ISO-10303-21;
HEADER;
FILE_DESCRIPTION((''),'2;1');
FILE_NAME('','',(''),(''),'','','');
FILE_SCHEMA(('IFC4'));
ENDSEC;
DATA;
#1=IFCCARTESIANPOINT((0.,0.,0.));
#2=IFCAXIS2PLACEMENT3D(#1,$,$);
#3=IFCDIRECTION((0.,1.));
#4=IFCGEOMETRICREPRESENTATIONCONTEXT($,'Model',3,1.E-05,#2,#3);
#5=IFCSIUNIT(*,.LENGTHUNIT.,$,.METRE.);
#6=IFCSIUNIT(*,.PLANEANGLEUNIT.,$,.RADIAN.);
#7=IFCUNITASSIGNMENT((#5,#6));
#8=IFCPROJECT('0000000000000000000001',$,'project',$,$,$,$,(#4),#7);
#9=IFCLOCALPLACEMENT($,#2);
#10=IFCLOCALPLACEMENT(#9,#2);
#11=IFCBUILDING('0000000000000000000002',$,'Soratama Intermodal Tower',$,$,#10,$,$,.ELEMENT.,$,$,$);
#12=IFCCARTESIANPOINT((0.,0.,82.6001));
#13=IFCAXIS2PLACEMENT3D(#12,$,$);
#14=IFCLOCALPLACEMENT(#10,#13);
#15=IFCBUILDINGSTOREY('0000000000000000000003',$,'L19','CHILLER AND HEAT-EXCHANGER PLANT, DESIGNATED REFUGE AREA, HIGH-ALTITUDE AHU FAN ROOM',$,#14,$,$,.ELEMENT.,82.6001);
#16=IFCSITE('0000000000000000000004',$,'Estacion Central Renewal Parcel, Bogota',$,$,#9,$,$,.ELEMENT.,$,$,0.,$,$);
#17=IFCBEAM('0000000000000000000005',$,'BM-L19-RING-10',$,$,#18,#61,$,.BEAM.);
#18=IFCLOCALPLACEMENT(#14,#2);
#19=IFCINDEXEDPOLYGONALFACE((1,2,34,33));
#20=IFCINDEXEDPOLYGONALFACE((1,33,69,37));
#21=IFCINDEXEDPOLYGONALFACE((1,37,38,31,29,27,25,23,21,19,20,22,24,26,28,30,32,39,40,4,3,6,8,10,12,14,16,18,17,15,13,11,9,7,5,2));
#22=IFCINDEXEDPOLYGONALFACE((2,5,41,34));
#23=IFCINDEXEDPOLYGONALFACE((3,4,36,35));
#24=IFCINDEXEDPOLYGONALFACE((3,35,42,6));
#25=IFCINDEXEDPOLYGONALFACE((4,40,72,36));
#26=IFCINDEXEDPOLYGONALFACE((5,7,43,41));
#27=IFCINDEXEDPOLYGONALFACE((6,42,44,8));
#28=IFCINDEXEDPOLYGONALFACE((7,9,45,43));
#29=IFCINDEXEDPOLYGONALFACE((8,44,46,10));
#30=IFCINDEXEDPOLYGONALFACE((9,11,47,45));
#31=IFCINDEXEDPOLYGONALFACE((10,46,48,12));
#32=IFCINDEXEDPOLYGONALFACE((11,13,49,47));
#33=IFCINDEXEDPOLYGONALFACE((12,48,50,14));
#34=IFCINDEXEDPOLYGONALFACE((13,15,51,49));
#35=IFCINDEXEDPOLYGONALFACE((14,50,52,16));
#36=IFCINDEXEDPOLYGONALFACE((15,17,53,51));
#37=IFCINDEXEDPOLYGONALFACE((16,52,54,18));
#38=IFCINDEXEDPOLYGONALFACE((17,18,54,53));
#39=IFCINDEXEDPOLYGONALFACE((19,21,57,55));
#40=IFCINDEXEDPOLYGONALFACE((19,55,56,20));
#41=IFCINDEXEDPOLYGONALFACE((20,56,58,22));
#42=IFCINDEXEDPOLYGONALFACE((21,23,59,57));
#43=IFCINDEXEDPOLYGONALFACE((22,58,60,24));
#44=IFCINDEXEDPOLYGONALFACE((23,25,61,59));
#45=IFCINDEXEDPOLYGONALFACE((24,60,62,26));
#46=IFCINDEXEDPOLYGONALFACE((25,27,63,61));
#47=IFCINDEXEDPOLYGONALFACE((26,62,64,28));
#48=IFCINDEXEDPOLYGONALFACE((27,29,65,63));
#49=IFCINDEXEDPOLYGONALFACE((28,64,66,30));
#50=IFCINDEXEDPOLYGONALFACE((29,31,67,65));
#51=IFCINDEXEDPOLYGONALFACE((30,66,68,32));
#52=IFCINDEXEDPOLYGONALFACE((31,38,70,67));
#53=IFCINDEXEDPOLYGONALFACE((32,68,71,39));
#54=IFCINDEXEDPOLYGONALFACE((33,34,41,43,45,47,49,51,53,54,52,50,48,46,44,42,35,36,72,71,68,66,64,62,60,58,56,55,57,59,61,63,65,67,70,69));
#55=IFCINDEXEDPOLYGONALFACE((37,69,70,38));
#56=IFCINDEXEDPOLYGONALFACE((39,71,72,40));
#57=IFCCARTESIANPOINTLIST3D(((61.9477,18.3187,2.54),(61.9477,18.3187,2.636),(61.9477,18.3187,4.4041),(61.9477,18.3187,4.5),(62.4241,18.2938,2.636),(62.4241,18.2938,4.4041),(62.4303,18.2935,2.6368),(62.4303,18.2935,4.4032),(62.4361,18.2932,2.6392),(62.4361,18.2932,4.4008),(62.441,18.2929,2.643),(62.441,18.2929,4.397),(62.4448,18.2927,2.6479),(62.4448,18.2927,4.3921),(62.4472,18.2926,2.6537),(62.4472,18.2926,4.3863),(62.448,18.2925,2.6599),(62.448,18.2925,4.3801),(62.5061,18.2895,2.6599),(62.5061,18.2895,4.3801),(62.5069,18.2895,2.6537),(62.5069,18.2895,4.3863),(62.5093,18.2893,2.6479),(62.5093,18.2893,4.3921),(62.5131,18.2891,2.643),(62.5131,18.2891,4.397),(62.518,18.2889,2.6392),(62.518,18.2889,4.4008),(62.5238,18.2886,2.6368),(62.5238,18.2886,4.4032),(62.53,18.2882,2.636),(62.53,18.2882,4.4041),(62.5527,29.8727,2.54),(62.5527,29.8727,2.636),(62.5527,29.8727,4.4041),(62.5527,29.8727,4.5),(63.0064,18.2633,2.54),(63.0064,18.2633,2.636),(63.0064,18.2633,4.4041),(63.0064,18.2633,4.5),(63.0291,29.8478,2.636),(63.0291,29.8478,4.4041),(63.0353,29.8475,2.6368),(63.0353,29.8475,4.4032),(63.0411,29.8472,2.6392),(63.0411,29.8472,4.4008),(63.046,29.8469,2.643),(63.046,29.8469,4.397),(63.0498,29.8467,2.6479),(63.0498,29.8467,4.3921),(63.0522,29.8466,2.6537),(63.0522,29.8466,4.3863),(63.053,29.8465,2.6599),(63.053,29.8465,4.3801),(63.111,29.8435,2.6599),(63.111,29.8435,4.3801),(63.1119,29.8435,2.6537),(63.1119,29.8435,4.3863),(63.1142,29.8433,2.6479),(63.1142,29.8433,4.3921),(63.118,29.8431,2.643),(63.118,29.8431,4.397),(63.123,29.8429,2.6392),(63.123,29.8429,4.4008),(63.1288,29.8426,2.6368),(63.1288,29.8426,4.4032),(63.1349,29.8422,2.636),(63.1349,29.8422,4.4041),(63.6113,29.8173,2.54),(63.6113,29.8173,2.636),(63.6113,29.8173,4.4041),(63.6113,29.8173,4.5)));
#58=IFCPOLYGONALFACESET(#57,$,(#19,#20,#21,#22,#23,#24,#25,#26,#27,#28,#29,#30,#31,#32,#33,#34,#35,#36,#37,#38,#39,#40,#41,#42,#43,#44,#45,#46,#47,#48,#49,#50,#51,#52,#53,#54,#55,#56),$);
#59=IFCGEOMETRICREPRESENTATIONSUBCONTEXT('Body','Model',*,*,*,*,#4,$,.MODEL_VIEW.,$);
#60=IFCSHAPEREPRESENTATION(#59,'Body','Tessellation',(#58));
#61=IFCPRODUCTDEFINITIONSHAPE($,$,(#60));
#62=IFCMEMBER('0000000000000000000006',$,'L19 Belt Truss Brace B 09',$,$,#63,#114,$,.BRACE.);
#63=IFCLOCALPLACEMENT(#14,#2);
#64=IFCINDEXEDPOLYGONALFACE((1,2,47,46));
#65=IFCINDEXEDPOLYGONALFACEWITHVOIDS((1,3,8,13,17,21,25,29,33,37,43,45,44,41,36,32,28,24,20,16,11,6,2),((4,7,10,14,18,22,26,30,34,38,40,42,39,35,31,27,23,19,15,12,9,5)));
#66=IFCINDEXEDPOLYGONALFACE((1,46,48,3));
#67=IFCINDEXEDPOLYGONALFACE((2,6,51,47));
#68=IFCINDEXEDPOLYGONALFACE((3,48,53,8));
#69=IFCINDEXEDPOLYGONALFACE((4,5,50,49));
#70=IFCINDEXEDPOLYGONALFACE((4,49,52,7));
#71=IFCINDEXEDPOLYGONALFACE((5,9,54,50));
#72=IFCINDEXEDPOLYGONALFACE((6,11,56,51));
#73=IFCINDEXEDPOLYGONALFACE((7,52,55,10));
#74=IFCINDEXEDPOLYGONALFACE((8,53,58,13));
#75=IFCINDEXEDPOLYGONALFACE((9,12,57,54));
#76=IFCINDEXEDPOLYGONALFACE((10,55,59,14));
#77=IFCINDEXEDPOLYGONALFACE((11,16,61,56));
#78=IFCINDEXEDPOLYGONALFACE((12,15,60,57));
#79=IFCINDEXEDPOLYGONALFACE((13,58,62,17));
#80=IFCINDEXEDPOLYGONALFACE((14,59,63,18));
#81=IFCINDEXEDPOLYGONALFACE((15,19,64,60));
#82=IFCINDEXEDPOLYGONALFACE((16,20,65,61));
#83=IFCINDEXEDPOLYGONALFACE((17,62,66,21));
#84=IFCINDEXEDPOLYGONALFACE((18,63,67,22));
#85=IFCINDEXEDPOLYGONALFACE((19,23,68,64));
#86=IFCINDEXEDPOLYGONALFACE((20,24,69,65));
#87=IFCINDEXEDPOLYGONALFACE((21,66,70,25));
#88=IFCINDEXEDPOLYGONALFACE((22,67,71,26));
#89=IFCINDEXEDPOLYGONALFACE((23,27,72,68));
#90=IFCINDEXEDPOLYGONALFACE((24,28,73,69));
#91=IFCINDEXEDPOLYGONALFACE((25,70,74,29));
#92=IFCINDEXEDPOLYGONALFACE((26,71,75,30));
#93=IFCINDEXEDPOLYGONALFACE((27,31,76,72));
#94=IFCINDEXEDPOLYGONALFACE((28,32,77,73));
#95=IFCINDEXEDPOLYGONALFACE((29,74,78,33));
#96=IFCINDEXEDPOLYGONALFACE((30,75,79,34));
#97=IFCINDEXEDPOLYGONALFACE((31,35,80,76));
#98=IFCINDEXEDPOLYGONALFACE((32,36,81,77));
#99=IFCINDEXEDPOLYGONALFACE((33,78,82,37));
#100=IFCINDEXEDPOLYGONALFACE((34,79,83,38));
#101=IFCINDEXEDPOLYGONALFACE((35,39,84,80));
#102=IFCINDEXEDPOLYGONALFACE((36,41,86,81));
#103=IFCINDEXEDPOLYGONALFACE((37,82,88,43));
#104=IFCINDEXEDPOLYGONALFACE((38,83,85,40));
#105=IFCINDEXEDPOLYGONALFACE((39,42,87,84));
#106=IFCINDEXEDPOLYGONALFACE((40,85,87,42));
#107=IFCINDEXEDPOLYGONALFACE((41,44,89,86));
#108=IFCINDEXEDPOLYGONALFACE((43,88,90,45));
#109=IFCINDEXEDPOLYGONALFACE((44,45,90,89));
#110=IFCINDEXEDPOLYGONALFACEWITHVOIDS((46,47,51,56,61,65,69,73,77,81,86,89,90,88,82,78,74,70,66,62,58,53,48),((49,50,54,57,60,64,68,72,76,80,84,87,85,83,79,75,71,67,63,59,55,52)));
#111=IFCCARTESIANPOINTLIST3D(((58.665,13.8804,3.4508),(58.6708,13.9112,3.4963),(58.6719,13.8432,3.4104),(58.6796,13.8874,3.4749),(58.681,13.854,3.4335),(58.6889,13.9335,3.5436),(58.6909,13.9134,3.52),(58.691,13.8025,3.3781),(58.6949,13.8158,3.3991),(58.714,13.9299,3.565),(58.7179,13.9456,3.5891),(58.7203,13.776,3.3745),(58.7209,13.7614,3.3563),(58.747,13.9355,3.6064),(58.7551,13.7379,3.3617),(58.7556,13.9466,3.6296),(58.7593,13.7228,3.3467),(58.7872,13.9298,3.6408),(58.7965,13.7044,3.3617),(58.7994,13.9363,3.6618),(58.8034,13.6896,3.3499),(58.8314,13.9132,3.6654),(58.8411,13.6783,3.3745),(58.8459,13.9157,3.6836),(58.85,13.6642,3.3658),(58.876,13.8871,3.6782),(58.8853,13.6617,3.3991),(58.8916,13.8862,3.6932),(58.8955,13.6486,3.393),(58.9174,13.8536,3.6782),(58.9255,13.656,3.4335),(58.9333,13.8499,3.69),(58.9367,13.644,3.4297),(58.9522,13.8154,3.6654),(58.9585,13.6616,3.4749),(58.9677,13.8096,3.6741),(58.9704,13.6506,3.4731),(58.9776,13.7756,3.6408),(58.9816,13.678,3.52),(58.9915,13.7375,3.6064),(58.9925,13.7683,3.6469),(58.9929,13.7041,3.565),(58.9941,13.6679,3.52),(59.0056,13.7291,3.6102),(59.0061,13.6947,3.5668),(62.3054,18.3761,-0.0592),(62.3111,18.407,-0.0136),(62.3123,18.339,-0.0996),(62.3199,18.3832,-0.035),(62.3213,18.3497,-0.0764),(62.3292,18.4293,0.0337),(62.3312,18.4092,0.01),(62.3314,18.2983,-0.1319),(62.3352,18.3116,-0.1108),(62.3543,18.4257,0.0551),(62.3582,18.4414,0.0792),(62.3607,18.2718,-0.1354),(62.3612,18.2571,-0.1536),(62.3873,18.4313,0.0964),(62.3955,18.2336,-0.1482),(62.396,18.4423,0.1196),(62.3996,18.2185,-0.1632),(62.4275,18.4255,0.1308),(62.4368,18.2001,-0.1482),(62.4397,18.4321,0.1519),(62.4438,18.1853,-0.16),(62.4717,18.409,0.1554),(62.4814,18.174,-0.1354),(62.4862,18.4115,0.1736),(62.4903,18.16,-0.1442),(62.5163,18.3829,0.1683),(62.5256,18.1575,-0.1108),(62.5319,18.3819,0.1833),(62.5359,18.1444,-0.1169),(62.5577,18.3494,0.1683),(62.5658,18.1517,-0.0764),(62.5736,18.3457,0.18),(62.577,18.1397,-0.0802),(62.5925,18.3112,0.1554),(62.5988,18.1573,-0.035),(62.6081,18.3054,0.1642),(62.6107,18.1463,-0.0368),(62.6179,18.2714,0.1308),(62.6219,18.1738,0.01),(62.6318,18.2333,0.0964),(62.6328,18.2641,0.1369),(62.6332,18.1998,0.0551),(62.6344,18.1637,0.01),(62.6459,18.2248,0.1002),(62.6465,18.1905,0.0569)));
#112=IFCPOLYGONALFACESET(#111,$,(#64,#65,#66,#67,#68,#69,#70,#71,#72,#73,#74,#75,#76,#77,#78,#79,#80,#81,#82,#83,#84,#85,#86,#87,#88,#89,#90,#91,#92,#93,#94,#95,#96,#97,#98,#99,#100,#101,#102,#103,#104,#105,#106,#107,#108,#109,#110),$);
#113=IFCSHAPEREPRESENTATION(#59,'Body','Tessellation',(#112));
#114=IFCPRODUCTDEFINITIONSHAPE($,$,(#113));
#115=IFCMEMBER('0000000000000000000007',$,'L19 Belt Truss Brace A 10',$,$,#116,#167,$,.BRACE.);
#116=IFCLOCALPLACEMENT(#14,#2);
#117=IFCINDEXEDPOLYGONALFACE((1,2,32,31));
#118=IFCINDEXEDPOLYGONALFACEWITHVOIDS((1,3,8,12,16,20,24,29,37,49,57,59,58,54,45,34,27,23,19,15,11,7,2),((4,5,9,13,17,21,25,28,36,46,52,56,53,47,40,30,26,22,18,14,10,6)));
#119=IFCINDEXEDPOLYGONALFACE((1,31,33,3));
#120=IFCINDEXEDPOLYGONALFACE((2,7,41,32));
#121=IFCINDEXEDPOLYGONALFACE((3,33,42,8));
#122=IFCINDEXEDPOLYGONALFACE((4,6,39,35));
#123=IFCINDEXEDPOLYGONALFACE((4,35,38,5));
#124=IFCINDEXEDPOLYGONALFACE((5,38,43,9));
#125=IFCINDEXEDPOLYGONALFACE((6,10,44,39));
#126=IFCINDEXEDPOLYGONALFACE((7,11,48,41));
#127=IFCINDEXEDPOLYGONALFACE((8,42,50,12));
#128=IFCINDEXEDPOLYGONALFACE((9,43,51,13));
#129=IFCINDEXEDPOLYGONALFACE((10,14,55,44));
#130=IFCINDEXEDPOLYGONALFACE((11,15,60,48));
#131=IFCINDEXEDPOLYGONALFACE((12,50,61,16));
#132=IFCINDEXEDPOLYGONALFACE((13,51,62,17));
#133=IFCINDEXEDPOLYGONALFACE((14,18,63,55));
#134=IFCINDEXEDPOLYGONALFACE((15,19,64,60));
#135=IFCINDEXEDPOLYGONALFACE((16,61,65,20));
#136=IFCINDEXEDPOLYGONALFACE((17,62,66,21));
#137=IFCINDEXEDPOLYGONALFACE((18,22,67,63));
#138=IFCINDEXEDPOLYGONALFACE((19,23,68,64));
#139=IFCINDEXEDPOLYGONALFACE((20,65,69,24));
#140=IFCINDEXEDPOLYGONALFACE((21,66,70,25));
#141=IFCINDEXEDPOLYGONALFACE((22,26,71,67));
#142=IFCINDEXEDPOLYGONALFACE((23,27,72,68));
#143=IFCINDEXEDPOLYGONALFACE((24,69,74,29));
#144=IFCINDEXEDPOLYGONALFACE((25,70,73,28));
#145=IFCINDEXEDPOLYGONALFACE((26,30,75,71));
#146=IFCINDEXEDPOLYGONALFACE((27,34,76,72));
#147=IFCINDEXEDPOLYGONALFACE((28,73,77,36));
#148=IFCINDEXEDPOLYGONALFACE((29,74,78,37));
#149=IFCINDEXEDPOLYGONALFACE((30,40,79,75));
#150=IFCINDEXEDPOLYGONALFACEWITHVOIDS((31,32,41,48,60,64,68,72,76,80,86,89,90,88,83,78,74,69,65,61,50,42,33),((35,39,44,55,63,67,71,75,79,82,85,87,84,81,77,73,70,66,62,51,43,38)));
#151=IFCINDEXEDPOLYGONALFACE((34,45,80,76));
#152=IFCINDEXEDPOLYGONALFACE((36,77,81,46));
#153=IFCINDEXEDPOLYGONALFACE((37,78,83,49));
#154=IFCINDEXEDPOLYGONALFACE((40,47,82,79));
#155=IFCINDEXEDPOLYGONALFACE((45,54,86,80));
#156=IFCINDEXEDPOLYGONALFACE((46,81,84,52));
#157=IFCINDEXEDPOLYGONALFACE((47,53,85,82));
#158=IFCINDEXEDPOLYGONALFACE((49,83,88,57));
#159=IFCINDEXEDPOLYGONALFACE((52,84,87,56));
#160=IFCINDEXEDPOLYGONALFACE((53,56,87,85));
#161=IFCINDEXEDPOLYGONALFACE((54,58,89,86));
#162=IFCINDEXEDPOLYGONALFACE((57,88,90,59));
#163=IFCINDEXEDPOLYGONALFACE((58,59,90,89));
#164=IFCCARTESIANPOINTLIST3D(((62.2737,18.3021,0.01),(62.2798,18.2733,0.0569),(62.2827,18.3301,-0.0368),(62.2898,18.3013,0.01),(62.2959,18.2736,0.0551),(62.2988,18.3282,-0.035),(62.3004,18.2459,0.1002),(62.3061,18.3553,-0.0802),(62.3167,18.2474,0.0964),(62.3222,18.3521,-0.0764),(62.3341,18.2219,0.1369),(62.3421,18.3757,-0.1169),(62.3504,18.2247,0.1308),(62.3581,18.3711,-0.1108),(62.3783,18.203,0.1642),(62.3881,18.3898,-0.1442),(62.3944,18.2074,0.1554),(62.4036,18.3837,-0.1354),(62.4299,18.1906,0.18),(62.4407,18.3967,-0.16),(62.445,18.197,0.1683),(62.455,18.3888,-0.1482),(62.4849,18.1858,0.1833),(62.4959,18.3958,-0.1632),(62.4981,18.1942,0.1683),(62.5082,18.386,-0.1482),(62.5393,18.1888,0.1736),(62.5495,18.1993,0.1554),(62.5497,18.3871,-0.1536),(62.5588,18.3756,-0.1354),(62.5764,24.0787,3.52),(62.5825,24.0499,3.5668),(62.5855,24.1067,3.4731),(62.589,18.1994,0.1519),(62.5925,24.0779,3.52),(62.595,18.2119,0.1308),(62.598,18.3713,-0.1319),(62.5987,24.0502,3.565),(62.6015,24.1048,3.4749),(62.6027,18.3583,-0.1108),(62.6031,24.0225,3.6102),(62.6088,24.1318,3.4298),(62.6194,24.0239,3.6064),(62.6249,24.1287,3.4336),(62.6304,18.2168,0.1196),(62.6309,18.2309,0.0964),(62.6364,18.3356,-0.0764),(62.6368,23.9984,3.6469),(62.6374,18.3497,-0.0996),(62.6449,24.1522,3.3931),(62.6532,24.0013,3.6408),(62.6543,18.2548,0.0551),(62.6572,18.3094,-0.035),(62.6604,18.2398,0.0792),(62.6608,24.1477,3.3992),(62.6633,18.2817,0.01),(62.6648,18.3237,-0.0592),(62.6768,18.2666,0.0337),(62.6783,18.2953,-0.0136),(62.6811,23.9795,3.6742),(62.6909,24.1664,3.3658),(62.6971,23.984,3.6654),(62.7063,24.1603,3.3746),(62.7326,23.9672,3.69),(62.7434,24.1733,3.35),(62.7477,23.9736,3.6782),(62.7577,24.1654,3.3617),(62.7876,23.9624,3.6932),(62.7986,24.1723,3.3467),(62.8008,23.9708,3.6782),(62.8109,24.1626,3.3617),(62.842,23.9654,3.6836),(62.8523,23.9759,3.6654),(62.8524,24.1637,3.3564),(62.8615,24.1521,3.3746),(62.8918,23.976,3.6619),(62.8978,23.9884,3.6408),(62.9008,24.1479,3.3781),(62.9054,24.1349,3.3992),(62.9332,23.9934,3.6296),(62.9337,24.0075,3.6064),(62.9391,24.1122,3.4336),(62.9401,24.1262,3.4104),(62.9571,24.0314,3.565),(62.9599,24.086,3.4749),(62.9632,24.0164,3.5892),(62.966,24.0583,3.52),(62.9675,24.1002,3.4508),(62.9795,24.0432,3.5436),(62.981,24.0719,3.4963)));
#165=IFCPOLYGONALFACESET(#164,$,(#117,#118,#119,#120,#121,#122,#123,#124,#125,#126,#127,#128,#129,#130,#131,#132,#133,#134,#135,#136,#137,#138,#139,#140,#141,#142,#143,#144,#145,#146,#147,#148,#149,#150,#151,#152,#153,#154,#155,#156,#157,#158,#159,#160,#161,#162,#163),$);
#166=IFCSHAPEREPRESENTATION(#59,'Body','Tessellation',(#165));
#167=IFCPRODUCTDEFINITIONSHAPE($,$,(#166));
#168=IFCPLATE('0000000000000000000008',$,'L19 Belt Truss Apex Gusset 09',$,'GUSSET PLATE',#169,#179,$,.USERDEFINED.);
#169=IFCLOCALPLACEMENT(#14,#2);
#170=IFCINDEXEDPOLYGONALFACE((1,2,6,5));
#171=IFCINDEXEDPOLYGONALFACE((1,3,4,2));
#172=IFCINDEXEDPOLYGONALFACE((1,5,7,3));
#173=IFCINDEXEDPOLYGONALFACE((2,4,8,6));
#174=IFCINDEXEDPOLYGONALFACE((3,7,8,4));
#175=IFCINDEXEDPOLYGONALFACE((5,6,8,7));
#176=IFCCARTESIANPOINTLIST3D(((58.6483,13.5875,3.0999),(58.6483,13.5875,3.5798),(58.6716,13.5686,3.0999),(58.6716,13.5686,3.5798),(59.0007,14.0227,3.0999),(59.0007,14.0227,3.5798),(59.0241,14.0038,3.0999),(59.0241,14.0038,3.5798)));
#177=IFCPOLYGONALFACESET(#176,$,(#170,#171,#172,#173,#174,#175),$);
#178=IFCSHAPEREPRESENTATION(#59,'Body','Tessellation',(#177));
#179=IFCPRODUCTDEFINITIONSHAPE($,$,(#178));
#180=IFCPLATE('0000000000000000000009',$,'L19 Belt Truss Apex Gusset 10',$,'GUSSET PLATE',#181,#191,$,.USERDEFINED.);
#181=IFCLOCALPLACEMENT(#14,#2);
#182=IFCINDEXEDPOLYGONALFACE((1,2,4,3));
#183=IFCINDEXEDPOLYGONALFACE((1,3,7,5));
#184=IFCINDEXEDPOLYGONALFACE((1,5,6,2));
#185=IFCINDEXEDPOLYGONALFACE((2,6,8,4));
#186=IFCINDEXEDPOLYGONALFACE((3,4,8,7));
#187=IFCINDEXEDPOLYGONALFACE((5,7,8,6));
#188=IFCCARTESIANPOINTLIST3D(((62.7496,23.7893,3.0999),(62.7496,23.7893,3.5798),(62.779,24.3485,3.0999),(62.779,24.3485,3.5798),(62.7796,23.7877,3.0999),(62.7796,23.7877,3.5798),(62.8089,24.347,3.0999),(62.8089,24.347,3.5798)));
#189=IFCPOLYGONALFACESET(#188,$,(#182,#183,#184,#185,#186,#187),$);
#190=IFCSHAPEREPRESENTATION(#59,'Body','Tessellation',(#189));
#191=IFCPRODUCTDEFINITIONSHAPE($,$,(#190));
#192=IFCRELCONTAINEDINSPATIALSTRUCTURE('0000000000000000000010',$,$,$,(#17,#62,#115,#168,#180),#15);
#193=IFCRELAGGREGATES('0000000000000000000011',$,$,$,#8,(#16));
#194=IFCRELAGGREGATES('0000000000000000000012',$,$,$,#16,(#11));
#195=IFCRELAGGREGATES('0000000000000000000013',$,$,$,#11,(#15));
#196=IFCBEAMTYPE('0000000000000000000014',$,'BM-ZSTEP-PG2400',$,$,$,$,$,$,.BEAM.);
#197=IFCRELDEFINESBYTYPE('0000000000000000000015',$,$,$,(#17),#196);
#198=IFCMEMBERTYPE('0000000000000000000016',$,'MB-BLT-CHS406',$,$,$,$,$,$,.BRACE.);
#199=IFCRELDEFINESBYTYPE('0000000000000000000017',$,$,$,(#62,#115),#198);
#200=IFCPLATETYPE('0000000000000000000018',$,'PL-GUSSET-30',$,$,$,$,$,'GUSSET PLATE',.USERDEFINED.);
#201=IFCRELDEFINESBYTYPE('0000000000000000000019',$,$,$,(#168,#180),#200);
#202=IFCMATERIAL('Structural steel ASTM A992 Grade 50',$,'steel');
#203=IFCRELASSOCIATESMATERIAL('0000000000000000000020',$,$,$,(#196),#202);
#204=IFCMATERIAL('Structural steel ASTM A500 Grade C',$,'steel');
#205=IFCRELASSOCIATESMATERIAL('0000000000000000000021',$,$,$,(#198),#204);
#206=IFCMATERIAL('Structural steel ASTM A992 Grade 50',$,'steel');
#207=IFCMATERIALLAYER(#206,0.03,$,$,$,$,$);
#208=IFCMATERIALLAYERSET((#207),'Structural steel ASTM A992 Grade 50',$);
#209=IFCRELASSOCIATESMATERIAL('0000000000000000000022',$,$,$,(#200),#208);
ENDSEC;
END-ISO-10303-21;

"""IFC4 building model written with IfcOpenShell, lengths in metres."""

from ifc_helpers import new_model, si_unit, direction, frame, origin, origin_2d, place, context, subcontext, project, spatial, rectangle, hollow_circle, i_section, extrude, material, layer, layer_set, material_profile, profile_set, type_object, element, save


model = new_model("IFC4")

# Units and contexts
model_context = context("Model", 3, precision=1e-05, world=origin(), true_north=direction((0.0, 1.0)))
body_context = subcontext(model_context, "Body", "Model", "MODEL_VIEW")
ifc_project = project(units=[si_unit("LENGTHUNIT", "METRE"), si_unit("PLANEANGLEUNIT", "RADIAN")], contexts=[model_context])

# Site, building, storey
site_placement = place(None, origin())
site = spatial("IfcSite", under=ifc_project, at=site_placement, Name="Estacion Central Renewal Parcel, Bogota", CompositionType="ELEMENT", RefElevation=0.0)
building_placement = place(site_placement, origin())
building = spatial("IfcBuilding", under=site, at=building_placement, Name="Soratama Intermodal Tower", CompositionType="ELEMENT")
storey_placement = place(building_placement, frame((0.0, 0.0, 82.6001)))
storey = spatial("IfcBuildingStorey", under=building, at=storey_placement, Name="L19", Description="CHILLER AND HEAT-EXCHANGER PLANT, DESIGNATED REFUGE AREA, HIGH-ALTITUDE AHU FAN ROOM", CompositionType="ELEMENT", Elevation=82.6001)

# Beam
ifc_material_1 = material(Name="Structural steel ASTM A992 Grade 50", Category="steel")
ifc_material_profile_1 = material_profile(ifc_material_1, i_section(OverallWidth=1.0601, OverallDepth=1.96, WebThickness=0.0581, FlangeThickness=0.0959, FilletRadius=0.0239, at=origin_2d()), Name="PG2400X900")
ifc_profile_set_1 = profile_set([ifc_material_profile_1], Name="Structural steel ASTM A992 Grade 50")
beam_type_1 = type_object("IfcBeamType", Name="BM-ZSTEP-PG2400", PredefinedType="BEAM", material=ifc_profile_set_1)
beam_1_placement = place(storey_placement, frame((62.4771, 18.291, 3.52), z_axis=(0.05229, 0.998632, 0.0), x_axis=(-0.998632, 0.05229, 0.0)))
element("IfcBeam", 1, at=beam_1_placement, inside=storey, type_object=beam_type_1, Name="BM-L19-RING-10", PredefinedType="BEAM", context=body_context, shape_type="SweptSolid", body=[
    extrude(i_section(OverallWidth=1.0601, OverallDepth=1.96, WebThickness=0.0581, FlangeThickness=0.0959, FilletRadius=0.0239, at=origin_2d()), origin(), (0.0, 0.0, 1.0), 11.5698),
])

# Members
ifc_material_2 = material(Name="Structural steel ASTM A500 Grade C", Category="steel")
ifc_material_profile_2 = material_profile(ifc_material_2, hollow_circle(Radius=0.2031, WallThickness=0.0161, at=origin_2d()), Name="CHS406X16")
ifc_profile_set_2 = profile_set([ifc_material_profile_2], Name="Structural steel ASTM A500 Grade C")
member_type = type_object("IfcMemberType", Name="MB-BLT-CHS406", PredefinedType="BRACE", material=ifc_profile_set_2)
member_1_placement = place(storey_placement, frame((62.4766, 18.2915, 0.01), z_axis=(-0.538002, -0.66443, 0.518735), x_axis=(0.77717, -0.62929, 0.0)))
element("IfcMember", 2, at=member_1_placement, inside=storey, type_object=member_type, Name="L19 Belt Truss Brace B 09", PredefinedType="BRACE", context=body_context, shape_type="SweptSolid", body=[
    extrude(hollow_circle(Radius=0.2031, WallThickness=0.0161, at=origin_2d()), origin(), (0.0, 0.0, 1.0), 6.7664),
])
member_2_placement = place(storey_placement, frame((62.4766, 18.2915, 0.01), z_axis=(0.044742, 0.853749, 0.518759), x_axis=(-0.99863, 0.052335, 0.0)))
element("IfcMember", 3, at=member_2_placement, inside=storey, type_object=member_type, Name="L19 Belt Truss Brace A 10", PredefinedType="BRACE", context=body_context, shape_type="SweptSolid", body=[
    extrude(hollow_circle(Radius=0.2031, WallThickness=0.0161, at=origin_2d()), origin(), (0.0, 0.0, 1.0), 6.7661),
])

# Plates
ifc_material_3 = material(Name="Structural steel ASTM A992 Grade 50", Category="steel")
ifc_layer_1 = layer(ifc_material_3, 0.03)
ifc_layer_set_1 = layer_set([ifc_layer_1], Name="Structural steel ASTM A992 Grade 50")
plate_type = type_object("IfcPlateType", Name="PL-GUSSET-30", ElementType="GUSSET PLATE", PredefinedType="USERDEFINED", material=ifc_layer_set_1)
for number, where, z_axis, x_axis, name in (
    (4, (58.8362, 13.7957, 3.0999), (0.0, 0.0, 1.0), (0.62932, 0.777146, 0.0), "L19 Belt Truss Apex Gusset 09"),
    (5, (62.7793, 24.0681, 3.0999), (0.0, 0.0, 1.0), (0.052336, 0.99863, 0.0), "L19 Belt Truss Apex Gusset 10"),
):
    element("IfcPlate", number, at=place(storey_placement, frame(where, z_axis=z_axis, x_axis=x_axis)), inside=storey, type_object=plate_type, Name=name, ObjectType="GUSSET PLATE", PredefinedType="USERDEFINED", context=body_context, shape_type="SweptSolid", body=[
        extrude(rectangle(XDim=0.5601, YDim=0.03, at=origin_2d()), origin(), (0.0, 0.0, 1.0), 0.48),
    ])

save(model, "model.ifc")
